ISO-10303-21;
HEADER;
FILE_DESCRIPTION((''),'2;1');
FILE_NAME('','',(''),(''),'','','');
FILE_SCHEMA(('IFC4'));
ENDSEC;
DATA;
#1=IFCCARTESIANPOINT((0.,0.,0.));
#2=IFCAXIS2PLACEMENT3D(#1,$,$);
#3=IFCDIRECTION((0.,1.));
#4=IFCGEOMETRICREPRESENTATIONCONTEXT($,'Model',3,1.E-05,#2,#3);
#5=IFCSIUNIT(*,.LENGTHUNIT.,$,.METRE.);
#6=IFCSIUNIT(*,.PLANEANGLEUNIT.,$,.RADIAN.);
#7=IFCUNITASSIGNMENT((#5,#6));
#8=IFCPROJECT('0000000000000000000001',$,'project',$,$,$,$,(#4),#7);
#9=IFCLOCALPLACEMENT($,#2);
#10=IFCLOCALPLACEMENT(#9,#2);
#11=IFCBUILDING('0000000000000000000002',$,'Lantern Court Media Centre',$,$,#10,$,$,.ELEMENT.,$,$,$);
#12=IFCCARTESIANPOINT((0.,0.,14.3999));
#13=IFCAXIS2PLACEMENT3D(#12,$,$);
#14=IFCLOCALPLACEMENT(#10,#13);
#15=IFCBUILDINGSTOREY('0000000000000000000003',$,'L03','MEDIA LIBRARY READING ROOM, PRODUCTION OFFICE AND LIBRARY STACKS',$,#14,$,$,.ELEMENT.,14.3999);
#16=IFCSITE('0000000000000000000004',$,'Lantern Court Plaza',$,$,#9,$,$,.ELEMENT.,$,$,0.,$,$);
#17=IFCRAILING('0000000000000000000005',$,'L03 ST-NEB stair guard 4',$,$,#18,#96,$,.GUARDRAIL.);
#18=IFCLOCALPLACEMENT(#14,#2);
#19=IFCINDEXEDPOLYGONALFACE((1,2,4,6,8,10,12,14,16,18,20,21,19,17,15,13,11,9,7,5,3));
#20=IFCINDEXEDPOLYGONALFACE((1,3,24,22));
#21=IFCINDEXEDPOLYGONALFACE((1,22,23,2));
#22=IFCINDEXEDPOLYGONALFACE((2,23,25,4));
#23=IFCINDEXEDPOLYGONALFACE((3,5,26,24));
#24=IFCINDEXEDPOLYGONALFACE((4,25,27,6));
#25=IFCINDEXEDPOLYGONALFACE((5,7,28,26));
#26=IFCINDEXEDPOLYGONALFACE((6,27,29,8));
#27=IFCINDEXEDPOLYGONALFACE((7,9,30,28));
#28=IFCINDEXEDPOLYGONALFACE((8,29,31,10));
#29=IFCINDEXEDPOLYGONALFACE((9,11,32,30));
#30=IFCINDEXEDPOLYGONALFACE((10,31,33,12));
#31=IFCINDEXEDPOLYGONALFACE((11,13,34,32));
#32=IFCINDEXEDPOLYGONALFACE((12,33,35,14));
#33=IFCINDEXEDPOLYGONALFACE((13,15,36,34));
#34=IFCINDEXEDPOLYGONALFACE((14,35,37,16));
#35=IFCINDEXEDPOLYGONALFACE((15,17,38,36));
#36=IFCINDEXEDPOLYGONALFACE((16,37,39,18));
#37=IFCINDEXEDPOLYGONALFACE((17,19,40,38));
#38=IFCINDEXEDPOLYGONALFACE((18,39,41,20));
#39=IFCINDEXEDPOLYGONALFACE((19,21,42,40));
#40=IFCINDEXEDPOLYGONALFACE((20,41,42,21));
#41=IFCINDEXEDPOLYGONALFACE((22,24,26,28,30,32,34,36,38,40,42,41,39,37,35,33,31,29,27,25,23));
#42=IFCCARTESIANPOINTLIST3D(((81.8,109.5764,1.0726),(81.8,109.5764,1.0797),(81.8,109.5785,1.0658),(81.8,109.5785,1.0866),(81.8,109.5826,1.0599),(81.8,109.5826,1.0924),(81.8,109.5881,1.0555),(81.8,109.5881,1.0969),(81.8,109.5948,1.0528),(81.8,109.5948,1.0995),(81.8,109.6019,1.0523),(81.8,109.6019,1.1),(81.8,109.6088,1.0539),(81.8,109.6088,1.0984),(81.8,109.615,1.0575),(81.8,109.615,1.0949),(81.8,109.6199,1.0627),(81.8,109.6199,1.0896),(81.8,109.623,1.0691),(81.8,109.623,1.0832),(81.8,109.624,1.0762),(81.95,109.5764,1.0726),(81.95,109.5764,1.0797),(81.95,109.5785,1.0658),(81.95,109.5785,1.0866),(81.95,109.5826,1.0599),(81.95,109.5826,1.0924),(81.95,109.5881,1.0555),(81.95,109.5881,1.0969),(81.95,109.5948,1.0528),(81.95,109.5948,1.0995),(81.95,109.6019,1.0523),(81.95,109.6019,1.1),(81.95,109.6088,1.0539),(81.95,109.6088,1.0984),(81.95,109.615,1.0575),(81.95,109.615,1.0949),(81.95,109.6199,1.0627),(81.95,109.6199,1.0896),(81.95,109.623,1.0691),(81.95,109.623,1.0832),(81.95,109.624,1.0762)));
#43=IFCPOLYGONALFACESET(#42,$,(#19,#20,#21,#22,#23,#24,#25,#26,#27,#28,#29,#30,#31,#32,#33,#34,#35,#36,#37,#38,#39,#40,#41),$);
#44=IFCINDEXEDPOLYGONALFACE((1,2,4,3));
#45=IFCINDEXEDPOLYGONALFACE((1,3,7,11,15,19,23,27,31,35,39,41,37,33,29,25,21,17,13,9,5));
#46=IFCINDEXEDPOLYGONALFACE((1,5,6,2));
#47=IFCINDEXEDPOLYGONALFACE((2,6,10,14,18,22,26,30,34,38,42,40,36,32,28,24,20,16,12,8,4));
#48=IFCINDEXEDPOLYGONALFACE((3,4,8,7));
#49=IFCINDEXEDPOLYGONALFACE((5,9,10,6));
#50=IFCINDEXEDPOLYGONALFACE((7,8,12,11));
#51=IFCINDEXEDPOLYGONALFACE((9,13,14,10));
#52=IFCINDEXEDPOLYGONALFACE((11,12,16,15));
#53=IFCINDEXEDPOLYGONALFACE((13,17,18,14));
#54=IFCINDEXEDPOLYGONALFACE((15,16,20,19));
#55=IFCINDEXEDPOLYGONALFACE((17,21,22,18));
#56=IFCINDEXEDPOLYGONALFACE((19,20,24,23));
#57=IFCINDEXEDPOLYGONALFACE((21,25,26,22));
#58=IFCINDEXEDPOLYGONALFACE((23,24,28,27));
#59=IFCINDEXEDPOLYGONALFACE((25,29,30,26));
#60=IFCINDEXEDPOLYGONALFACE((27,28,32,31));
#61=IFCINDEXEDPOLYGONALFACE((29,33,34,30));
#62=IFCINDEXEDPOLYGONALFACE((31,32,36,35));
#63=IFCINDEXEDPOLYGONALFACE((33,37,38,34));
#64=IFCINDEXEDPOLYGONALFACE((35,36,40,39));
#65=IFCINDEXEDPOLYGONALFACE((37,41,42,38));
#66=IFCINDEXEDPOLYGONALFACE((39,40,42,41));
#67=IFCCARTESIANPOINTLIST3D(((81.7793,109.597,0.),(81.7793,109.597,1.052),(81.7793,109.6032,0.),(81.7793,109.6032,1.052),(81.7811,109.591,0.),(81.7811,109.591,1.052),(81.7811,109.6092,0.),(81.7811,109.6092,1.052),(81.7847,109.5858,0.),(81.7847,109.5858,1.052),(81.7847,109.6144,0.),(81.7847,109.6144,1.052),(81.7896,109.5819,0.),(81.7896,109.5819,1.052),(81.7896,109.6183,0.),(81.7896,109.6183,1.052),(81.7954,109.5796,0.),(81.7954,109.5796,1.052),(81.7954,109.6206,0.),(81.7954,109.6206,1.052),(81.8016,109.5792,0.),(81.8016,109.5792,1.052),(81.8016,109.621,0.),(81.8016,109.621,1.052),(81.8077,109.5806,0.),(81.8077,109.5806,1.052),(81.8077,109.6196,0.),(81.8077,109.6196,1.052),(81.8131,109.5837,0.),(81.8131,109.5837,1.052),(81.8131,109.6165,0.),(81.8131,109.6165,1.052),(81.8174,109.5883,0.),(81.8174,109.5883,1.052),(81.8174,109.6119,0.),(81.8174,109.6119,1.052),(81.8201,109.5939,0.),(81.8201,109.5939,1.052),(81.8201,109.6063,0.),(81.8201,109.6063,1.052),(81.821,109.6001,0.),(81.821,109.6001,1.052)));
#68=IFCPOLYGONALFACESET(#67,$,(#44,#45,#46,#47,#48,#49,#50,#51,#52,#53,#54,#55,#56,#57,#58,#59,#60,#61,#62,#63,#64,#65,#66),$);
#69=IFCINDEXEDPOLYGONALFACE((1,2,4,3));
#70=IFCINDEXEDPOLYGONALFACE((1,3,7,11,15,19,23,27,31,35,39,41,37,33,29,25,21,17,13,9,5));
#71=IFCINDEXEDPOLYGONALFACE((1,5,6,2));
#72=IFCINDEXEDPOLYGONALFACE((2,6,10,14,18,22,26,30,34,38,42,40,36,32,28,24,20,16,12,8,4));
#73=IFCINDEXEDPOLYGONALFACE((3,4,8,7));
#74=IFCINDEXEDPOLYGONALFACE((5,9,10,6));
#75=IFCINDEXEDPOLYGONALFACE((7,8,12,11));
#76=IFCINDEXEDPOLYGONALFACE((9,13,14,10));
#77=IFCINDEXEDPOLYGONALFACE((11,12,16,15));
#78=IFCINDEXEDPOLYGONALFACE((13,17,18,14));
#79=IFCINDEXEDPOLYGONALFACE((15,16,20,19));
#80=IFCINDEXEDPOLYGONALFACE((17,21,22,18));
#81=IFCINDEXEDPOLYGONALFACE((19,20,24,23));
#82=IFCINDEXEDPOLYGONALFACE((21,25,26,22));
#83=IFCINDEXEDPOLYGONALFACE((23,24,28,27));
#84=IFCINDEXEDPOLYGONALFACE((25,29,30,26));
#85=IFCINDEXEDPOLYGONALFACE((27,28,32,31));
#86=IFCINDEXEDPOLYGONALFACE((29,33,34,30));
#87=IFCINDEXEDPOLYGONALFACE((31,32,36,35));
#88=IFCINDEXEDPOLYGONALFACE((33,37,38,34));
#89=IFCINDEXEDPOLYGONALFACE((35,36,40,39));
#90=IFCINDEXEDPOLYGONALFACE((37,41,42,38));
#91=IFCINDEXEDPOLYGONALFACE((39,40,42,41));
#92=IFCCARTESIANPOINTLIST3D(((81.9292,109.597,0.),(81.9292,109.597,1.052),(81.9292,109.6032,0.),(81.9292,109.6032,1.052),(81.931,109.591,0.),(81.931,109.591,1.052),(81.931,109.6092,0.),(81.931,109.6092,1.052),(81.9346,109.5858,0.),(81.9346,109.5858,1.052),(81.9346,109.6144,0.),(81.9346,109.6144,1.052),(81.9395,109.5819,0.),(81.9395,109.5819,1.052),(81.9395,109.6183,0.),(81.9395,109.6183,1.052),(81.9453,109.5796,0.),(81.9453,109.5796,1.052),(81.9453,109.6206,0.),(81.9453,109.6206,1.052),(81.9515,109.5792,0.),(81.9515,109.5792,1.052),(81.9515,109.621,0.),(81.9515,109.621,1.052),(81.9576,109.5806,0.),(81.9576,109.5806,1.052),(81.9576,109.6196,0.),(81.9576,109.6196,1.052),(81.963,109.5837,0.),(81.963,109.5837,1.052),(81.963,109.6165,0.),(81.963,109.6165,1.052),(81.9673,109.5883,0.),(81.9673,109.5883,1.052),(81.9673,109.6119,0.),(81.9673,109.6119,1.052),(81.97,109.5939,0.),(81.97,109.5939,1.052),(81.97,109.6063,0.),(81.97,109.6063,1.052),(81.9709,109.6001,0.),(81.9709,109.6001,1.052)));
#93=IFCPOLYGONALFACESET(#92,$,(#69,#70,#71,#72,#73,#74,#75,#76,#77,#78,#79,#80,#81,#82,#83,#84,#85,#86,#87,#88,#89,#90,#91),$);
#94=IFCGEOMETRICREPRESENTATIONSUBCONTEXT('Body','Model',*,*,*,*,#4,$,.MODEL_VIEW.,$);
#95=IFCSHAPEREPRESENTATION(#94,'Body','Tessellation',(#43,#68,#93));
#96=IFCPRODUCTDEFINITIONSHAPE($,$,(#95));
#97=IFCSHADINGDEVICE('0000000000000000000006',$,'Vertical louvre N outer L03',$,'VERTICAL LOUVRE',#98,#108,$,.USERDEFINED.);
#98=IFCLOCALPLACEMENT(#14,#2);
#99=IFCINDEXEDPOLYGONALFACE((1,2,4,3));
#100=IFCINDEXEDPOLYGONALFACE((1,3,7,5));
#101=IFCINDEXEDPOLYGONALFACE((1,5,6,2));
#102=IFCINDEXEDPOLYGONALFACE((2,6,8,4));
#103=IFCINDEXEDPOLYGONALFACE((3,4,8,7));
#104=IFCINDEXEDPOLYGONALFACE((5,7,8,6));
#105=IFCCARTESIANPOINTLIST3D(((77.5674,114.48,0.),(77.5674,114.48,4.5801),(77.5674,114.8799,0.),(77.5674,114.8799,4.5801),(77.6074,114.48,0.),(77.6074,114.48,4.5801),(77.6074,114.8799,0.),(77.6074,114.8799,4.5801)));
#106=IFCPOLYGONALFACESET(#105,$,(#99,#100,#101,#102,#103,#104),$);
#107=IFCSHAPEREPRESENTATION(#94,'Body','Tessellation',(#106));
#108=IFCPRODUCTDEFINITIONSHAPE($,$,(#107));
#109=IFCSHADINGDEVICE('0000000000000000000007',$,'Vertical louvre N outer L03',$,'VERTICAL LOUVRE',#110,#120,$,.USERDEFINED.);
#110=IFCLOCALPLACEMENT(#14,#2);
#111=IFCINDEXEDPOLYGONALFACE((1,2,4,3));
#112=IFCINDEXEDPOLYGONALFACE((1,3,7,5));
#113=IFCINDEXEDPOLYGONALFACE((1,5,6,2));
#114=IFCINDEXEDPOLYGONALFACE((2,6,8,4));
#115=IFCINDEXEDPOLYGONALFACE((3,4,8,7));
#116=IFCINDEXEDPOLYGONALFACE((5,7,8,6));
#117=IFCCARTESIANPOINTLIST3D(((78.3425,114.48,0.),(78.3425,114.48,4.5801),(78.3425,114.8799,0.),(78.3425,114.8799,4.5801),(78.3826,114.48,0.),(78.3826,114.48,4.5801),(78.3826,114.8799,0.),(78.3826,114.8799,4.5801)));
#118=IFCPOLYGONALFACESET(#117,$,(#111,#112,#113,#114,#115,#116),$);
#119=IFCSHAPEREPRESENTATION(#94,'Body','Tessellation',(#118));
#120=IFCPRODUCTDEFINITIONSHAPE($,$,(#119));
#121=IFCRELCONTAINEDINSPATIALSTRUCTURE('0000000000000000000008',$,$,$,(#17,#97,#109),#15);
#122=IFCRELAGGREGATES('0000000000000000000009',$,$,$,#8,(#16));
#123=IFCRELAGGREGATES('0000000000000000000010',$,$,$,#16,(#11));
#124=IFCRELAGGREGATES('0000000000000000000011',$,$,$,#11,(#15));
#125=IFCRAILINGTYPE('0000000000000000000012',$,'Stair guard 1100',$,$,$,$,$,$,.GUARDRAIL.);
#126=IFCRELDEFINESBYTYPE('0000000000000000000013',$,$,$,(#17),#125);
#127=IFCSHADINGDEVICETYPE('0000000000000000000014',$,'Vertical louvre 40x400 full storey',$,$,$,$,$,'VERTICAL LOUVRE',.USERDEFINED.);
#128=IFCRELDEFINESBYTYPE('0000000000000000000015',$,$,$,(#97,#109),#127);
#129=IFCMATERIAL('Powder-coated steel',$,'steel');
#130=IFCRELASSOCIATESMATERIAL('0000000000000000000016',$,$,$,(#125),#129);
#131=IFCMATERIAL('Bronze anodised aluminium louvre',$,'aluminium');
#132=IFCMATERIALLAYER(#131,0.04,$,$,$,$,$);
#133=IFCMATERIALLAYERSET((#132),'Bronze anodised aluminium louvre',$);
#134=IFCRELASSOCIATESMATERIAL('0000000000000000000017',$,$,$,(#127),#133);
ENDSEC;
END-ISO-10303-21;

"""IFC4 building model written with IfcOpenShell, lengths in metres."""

from ifc_helpers import new_model, si_unit, direction, frame, origin, origin_2d, place, context, subcontext, project, spatial, rectangle, circle, extrude, material, layer, layer_set, type_object, element, save


model = new_model("IFC4")

# Units and contexts
model_context = context("Model", 3, precision=1e-05, world=origin(), true_north=direction((0.0, 1.0)))
body_context = subcontext(model_context, "Body", "Model", "MODEL_VIEW")
ifc_project = project(units=[si_unit("LENGTHUNIT", "METRE"), si_unit("PLANEANGLEUNIT", "RADIAN")], contexts=[model_context])

# Site, building, storey
site_placement = place(None, origin())
site = spatial("IfcSite", under=ifc_project, at=site_placement, Name="Lantern Court Plaza", CompositionType="ELEMENT", RefElevation=0.0)
building_placement = place(site_placement, origin())
building = spatial("IfcBuilding", under=site, at=building_placement, Name="Lantern Court Media Centre", CompositionType="ELEMENT")
storey_placement = place(building_placement, frame((0.0, 0.0, 14.3999)))
storey = spatial("IfcBuildingStorey", under=building, at=storey_placement, Name="L03", Description="MEDIA LIBRARY READING ROOM, PRODUCTION OFFICE AND LIBRARY STACKS", CompositionType="ELEMENT", Elevation=14.3999)

# Shared definitions
ifc_material_1 = material(Name="Powder-coated steel", Category="steel")

# Railing
railing_type_1 = type_object("IfcRailingType", Name="Stair guard 1100", PredefinedType="GUARDRAIL", material=ifc_material_1)
railing_1_placement = place(storey_placement, frame((81.8, 109.6001, 0.0)))
element("IfcRailing", 1, at=railing_1_placement, inside=storey, type_object=railing_type_1, Name="L03 ST-NEB stair guard 4", PredefinedType="GUARDRAIL", context=body_context, shape_type="SweptSolid", body=[
    extrude(circle(Radius=0.0239, at=origin_2d()), frame((0.0, 0.0, 1.0762), z_axis=(1.0, 0.0, 0.0), x_axis=(0.0, 1.0, 0.0)), (0.0, 0.0, 1.0), 0.1499),
    extrude(circle(Radius=0.021, at=origin_2d()), origin(), (0.0, 0.0, 1.0), 1.052),
    extrude(circle(Radius=0.021, at=origin_2d()), frame((0.1499, 0.0, 0.0)), (0.0, 0.0, 1.0), 1.052),
])

# Shading devices
ifc_material_2 = material(Name="Bronze anodised aluminium louvre", Category="aluminium")
ifc_layer_1 = layer(ifc_material_2, 0.04)
ifc_layer_set_1 = layer_set([ifc_layer_1], Name="Bronze anodised aluminium louvre")
shading_device_type = type_object("IfcShadingDeviceType", Name="Vertical louvre 40x400 full storey", ElementType="VERTICAL LOUVRE", PredefinedType="USERDEFINED", material=ifc_layer_set_1)
for number, where, z_axis, x_axis, name in (
    (2, (77.5874, 114.6799, 0.0), (0.0, 0.0, 1.0), (1.0, 0.0, 0.0), "Vertical louvre N outer L03"),
    (3, (78.3625, 114.6799, 0.0), (0.0, 0.0, 1.0), (1.0, 0.0, 0.0), "Vertical louvre N outer L03"),
):
    element("IfcShadingDevice", number, at=place(storey_placement, frame(where, z_axis=z_axis, x_axis=x_axis)), inside=storey, type_object=shading_device_type, Name=name, ObjectType="VERTICAL LOUVRE", PredefinedType="USERDEFINED", context=body_context, shape_type="SweptSolid", body=[
        extrude(rectangle(XDim=0.04, YDim=0.3999, at=origin_2d()), origin(), (0.0, 0.0, 1.0), 4.5801),
    ])

save(model, "model.ifc")
